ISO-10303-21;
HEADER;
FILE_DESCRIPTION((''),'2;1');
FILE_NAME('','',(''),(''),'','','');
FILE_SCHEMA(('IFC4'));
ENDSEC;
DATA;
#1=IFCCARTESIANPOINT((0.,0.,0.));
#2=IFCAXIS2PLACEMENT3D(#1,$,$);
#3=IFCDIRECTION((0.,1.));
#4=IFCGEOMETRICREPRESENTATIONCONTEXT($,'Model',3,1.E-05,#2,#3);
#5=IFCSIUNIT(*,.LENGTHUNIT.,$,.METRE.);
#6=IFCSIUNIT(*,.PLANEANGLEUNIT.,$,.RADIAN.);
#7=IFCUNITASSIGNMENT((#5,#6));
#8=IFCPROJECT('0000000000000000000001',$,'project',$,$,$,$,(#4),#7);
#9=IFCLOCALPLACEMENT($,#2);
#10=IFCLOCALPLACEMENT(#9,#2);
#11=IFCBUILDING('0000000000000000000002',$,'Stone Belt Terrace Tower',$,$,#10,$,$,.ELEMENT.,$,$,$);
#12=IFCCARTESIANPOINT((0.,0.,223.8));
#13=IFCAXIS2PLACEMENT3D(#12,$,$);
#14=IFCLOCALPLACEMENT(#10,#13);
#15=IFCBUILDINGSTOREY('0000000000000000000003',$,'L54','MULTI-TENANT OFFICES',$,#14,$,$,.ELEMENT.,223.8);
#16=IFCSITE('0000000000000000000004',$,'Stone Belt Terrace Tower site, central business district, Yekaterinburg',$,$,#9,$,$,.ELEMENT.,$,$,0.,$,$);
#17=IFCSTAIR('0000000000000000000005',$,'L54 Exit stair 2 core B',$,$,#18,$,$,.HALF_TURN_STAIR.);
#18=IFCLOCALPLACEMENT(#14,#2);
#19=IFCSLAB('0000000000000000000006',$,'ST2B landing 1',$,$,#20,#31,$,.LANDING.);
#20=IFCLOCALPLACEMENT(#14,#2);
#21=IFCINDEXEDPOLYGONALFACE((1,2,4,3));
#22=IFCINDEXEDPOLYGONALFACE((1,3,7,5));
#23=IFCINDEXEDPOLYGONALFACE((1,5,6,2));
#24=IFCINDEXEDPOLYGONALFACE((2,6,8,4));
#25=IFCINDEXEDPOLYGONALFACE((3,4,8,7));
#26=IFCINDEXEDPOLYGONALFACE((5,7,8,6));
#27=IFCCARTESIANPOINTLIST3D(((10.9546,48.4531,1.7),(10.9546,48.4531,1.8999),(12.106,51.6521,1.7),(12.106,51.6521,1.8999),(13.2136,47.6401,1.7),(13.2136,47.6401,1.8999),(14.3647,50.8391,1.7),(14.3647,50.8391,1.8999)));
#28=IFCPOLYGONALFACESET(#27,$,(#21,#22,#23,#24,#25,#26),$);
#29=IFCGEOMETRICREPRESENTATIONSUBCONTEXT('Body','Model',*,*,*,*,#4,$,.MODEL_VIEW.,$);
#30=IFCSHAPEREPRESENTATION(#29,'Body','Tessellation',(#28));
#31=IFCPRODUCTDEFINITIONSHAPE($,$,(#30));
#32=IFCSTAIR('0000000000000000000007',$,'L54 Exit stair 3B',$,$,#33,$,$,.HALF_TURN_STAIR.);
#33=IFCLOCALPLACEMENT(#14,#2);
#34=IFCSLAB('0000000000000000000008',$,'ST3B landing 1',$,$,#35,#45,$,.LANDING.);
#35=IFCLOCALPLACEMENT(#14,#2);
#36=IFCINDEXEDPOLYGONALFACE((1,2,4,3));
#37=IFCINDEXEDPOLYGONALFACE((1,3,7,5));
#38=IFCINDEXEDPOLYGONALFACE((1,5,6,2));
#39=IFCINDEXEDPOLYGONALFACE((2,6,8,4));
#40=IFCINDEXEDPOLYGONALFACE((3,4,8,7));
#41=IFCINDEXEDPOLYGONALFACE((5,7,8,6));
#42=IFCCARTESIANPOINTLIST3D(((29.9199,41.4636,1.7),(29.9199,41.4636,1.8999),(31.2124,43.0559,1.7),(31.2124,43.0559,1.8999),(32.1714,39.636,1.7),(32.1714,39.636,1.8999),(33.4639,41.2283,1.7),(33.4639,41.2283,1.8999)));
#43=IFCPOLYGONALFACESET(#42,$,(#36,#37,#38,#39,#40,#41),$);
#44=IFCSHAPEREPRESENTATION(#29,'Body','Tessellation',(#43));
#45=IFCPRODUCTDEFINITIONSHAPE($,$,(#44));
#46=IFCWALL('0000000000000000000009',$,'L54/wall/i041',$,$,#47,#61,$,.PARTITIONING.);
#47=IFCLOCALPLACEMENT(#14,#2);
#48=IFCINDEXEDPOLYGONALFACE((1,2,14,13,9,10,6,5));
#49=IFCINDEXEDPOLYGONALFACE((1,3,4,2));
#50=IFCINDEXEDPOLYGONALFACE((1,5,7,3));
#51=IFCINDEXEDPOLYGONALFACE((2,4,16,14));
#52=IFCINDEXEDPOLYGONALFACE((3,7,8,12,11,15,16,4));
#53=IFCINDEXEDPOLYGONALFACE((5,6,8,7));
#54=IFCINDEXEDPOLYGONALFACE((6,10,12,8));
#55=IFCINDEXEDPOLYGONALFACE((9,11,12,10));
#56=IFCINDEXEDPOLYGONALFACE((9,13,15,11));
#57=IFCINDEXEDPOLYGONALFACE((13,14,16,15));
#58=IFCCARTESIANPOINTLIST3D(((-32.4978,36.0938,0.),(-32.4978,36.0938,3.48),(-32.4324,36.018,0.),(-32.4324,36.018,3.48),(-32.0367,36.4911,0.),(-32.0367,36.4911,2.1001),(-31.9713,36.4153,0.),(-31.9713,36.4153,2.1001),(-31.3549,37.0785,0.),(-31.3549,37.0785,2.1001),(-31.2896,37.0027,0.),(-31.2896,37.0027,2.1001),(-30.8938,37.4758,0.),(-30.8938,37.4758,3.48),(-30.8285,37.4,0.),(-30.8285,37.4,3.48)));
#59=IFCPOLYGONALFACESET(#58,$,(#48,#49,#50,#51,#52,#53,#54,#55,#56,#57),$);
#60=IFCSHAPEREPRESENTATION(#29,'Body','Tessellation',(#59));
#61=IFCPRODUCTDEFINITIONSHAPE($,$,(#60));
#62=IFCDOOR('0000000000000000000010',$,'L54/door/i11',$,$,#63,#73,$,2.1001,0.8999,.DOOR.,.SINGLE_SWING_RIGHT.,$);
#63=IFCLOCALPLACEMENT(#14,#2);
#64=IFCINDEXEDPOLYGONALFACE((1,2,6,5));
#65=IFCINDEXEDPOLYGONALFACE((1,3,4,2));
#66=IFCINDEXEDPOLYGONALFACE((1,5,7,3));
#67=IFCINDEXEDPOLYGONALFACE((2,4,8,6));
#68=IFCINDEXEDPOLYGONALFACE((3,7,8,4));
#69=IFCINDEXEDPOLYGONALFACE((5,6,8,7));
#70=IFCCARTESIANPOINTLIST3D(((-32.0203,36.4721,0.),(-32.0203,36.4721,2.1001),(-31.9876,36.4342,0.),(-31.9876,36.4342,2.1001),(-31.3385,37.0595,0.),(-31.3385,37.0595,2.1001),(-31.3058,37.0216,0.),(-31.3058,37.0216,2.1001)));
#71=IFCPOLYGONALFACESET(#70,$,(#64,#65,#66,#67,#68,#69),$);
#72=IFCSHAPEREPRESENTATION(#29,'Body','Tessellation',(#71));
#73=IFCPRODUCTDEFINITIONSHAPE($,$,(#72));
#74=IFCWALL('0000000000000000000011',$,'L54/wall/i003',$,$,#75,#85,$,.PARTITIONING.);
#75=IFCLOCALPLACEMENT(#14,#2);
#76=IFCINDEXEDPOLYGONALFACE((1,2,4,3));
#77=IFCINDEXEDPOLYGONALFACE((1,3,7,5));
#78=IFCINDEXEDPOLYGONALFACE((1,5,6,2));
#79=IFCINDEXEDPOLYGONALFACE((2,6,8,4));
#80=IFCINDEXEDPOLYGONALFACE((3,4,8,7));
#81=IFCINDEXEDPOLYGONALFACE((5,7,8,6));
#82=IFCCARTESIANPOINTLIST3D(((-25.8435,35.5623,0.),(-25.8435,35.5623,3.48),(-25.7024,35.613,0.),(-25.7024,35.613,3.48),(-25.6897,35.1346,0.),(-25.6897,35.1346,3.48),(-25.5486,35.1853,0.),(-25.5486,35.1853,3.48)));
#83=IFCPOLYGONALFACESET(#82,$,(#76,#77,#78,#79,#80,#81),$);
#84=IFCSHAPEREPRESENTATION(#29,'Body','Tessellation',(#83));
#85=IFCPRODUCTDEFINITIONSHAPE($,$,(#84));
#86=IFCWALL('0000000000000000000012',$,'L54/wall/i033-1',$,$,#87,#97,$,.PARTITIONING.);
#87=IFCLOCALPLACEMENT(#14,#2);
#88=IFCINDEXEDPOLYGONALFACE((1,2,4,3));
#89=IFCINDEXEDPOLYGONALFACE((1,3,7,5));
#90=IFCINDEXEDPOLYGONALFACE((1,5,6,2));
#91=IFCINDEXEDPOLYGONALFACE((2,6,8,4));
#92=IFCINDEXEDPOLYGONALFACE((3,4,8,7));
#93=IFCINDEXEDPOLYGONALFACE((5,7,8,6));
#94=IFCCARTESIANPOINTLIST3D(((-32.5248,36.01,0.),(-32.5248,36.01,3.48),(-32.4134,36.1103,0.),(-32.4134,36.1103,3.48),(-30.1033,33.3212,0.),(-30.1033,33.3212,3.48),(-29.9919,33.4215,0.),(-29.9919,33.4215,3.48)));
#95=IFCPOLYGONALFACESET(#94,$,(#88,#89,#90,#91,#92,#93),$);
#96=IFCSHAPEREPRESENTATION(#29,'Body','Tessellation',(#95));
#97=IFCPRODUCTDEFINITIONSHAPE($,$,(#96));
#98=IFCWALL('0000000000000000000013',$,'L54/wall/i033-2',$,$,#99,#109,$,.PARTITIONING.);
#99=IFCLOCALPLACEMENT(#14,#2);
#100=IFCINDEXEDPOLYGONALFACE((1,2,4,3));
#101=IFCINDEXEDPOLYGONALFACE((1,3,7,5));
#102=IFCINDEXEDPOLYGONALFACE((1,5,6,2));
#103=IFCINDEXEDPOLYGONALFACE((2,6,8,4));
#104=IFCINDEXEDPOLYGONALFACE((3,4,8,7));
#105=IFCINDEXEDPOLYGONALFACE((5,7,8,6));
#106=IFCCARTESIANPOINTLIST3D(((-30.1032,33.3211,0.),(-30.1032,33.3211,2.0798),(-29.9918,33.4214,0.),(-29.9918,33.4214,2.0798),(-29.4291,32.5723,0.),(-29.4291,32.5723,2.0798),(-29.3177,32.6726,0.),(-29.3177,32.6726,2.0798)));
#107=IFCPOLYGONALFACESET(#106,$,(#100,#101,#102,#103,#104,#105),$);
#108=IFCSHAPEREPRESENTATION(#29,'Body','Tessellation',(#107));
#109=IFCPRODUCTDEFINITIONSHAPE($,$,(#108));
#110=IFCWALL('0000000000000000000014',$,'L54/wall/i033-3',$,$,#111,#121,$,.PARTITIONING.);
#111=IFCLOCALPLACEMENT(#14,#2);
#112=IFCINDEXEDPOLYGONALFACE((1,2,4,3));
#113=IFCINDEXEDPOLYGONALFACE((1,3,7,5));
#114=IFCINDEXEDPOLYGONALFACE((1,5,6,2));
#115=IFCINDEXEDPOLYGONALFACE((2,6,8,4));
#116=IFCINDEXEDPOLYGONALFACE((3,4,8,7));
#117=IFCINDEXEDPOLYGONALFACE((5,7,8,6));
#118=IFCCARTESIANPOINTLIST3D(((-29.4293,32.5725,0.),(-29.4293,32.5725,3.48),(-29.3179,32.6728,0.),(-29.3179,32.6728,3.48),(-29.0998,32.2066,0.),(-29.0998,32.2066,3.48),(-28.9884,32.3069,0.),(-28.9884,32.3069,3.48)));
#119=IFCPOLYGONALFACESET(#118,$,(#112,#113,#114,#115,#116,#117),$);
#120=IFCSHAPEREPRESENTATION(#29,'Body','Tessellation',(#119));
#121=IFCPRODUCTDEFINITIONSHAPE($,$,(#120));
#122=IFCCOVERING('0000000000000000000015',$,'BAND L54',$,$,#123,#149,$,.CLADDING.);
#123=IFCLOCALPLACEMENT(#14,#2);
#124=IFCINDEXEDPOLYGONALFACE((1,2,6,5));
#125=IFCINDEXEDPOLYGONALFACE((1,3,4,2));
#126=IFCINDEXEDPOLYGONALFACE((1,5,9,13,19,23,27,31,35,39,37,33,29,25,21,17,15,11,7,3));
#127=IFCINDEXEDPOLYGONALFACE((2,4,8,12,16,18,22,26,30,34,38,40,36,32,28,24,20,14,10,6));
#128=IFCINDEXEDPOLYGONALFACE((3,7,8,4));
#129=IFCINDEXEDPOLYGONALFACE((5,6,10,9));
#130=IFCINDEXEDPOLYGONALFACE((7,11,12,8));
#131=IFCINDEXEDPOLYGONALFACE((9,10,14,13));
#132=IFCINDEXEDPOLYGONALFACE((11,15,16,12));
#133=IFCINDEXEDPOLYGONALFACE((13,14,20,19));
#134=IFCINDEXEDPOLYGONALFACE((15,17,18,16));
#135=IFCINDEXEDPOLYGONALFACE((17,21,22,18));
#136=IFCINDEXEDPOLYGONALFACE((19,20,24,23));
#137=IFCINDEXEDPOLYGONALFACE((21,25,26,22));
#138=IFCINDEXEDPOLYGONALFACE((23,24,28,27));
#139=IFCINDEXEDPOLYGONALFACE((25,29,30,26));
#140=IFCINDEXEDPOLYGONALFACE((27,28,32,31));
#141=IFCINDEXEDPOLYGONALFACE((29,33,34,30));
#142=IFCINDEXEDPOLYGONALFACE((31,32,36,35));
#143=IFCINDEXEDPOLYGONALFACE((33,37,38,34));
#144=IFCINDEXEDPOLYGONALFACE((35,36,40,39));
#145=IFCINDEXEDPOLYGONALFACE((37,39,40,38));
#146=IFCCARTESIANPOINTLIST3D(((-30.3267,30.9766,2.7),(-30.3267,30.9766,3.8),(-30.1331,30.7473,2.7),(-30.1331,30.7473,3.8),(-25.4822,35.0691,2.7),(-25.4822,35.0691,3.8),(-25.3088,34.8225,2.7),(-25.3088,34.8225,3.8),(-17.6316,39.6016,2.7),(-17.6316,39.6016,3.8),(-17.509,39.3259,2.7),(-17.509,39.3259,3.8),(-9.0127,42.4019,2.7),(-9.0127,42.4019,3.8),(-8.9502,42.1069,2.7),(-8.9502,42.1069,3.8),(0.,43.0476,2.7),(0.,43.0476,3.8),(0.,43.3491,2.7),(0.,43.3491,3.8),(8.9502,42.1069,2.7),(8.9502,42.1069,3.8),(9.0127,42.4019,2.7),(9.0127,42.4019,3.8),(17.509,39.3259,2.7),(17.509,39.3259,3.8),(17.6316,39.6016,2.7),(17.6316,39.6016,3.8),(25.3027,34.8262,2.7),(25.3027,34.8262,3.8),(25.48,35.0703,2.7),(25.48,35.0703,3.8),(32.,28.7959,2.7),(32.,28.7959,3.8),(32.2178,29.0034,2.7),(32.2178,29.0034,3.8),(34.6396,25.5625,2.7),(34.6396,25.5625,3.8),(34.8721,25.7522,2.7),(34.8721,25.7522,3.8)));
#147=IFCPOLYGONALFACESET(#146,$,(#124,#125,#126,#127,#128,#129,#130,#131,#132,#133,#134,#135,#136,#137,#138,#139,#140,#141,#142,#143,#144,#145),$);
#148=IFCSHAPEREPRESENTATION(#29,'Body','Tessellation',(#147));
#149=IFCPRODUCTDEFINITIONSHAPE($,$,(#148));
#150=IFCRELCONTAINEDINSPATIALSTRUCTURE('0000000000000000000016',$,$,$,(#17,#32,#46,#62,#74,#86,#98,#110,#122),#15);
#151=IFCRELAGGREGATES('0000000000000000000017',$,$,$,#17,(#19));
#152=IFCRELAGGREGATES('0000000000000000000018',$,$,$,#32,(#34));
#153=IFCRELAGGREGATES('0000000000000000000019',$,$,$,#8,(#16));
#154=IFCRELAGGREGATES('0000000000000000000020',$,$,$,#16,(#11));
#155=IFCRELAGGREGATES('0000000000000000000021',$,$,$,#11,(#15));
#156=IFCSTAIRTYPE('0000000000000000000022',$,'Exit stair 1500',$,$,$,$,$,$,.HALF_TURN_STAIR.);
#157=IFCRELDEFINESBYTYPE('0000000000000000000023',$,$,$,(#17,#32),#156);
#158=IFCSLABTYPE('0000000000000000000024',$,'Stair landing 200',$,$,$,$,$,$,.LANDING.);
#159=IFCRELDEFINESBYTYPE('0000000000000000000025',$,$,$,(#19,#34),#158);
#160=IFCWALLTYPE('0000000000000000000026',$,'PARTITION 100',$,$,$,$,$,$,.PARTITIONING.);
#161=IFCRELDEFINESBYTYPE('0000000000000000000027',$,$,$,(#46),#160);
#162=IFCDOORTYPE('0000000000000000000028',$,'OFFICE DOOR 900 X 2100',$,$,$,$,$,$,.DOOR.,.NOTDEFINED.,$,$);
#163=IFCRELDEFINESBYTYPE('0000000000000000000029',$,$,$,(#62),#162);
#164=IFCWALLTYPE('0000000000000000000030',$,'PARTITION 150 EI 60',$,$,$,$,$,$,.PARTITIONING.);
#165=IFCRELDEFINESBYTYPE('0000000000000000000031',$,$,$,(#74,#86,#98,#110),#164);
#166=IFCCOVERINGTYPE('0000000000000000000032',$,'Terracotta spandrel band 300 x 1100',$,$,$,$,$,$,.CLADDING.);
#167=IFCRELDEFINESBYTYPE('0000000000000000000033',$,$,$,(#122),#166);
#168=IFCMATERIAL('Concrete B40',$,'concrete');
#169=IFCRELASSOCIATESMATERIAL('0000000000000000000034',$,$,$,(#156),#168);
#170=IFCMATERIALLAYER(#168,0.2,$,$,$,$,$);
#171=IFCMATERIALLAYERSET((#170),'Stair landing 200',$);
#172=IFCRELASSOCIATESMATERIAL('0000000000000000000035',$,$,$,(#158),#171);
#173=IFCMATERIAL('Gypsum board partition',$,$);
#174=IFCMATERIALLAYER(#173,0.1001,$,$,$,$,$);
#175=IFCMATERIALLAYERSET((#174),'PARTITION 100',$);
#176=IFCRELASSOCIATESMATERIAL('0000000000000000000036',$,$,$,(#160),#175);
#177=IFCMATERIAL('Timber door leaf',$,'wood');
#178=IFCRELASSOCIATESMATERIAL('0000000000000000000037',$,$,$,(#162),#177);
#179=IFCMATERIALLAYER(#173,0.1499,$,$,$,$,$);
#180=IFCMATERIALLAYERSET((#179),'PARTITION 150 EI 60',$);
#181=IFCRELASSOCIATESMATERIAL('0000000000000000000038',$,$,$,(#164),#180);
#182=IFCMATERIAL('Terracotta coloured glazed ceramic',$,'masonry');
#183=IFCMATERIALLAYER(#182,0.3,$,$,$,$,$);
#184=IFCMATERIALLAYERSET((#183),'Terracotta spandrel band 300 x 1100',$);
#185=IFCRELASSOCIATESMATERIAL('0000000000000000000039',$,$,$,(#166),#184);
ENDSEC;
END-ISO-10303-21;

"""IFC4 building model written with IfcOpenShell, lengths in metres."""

from ifc_helpers import new_model, si_unit, direction, frame, frame_2d, origin, place, context, subcontext, project, spatial, polyline, rectangle, outline, extrude, material, layer, layer_set, type_object, element, fill, aggregate, save


model = new_model("IFC4")

# Units and contexts
model_context = context("Model", 3, precision=1e-05, world=origin(), true_north=direction((0.0, 1.0)))
body_context = subcontext(model_context, "Body", "Model", "MODEL_VIEW")
ifc_project = project(units=[si_unit("LENGTHUNIT", "METRE"), si_unit("PLANEANGLEUNIT", "RADIAN")], contexts=[model_context])

# Site, building, storey
site_placement = place(None, origin())
site = spatial("IfcSite", under=ifc_project, at=site_placement, Name="Stone Belt Terrace Tower site, central business district, Yekaterinburg", CompositionType="ELEMENT", RefElevation=0.0)
building_placement = place(site_placement, origin())
building = spatial("IfcBuilding", under=site, at=building_placement, Name="Stone Belt Terrace Tower", CompositionType="ELEMENT")
storey_placement = place(building_placement, frame((0.0, 0.0, 223.8)))
storey = spatial("IfcBuildingStorey", under=building, at=storey_placement, Name="L54", Description="MULTI-TENANT OFFICES", CompositionType="ELEMENT", Elevation=223.8)

# Shared definitions
ifc_material_1 = material(Name="Concrete B40", Category="concrete")

# Stairs, slabs
stair_type = type_object("IfcStairType", Name="Exit stair 1500", PredefinedType="HALF_TURN_STAIR", material=ifc_material_1)
ifc_layer_1 = layer(ifc_material_1, 0.2)
ifc_layer_set_1 = layer_set([ifc_layer_1], Name="Stair landing 200")
slab_type_1 = type_object("IfcSlabType", Name="Stair landing 200", PredefinedType="LANDING", material=ifc_layer_set_1)
stair_1_placement = place(storey_placement, origin())
stair_1 = element("IfcStair", 1, at=stair_1_placement, inside=storey, type_object=stair_type, Name="L54 Exit stair 2 core B", PredefinedType="HALF_TURN_STAIR")
slab_1_placement = place(storey_placement, frame((0.0, 0.0, 1.7)))
slab_1 = element("IfcSlab", 2, at=slab_1_placement, type_object=slab_type_1, Name="ST2B landing 1", PredefinedType="LANDING", context=body_context, shape_type="SweptSolid", body=[
    extrude(outline(polyline([(14.3647, 50.8391), (12.106, 51.6521), (10.9546, 48.4531), (13.2136, 47.6401), (14.3647, 50.8391)])), origin(), (0.0, 0.0, 1.0), 0.2),
])
aggregate(stair_1, [slab_1])
stair_2_placement = place(storey_placement, origin())
stair_2 = element("IfcStair", 3, at=stair_2_placement, inside=storey, type_object=stair_type, Name="L54 Exit stair 3B", PredefinedType="HALF_TURN_STAIR")
slab_2_placement = place(storey_placement, frame((0.0, 0.0, 1.7)))
slab_2 = element("IfcSlab", 4, at=slab_2_placement, type_object=slab_type_1, Name="ST3B landing 1", PredefinedType="LANDING", context=body_context, shape_type="SweptSolid", body=[
    extrude(outline(polyline([(32.1714, 39.636), (33.4639, 41.2283), (31.2124, 43.0559), (29.9199, 41.4636), (32.1714, 39.636)])), origin(), (0.0, 0.0, 1.0), 0.2),
])
aggregate(stair_2, [slab_2])

# Wall, opening, door
ifc_material_2 = material(Name="Gypsum board partition")
ifc_layer_2 = layer(ifc_material_2, 0.1001)
ifc_layer_set_2 = layer_set([ifc_layer_2], Name="PARTITION 100")
wall_type_1 = type_object("IfcWallType", Name="PARTITION 100", PredefinedType="PARTITIONING", material=ifc_layer_set_2)
wall_1_placement = place(storey_placement, frame((-32.4651, 36.0559, 0.0), z_axis=(0.0, 0.0, 1.0), x_axis=(0.757569, 0.652755, 0.0)))
wall_1 = element("IfcWall", 5, at=wall_1_placement, inside=storey, type_object=wall_type_1, Name="L54/wall/i041", PredefinedType="PARTITIONING", context=body_context, shape_type="SweptSolid", body=[
    extrude(rectangle(XDim=2.1172, YDim=0.1001, at=frame_2d((1.0586, 0.0))), origin(), (0.0, 0.0, 1.0), 3.48),
])
opening_placement = place(wall_1_placement, frame((0.6086, 0.0, 0.0)))
opening = element("IfcOpeningElement", 6, at=opening_placement, cuts=wall_1, PredefinedType="OPENING", context=body_context, shape_type="SweptSolid", body=[
    extrude(rectangle(XDim=0.8999, YDim=2.1001, at=frame_2d((0.45, 1.05))), frame((0.0, 0.0601, 0.0), z_axis=(0.0, -1.0, 0.0), x_axis=(1.0, 0.0, 0.0)), (0.0, 0.0, 1.0), 0.1201),
])
ifc_material_3 = material(Name="Timber door leaf", Category="wood")
door_type = type_object("IfcDoorType", Name="OFFICE DOOR 900 X 2100", OperationType="NOTDEFINED", PredefinedType="DOOR", material=ifc_material_3)
door_placement = place(opening_placement, origin())
door = element("IfcDoor", 7, at=door_placement, inside=storey, type_object=door_type, Name="L54/door/i11", OperationType="SINGLE_SWING_RIGHT", OverallHeight=2.1001, OverallWidth=0.8999, PredefinedType="DOOR", context=body_context, shape_type="SweptSolid", body=[
    extrude(rectangle(XDim=0.8999, YDim=2.1001, at=frame_2d((0.45, 1.05))), frame((0.0, 0.0249, 0.0), z_axis=(0.0, -1.0, 0.0), x_axis=(1.0, 0.0, 0.0)), (0.0, 0.0, 1.0), 0.05),
])
fill(opening, door)

# Walls
ifc_layer_3 = layer(ifc_material_2, 0.1499)
ifc_layer_set_3 = layer_set([ifc_layer_3], Name="PARTITION 150 EI 60")
wall_type_2 = type_object("IfcWallType", Name="PARTITION 150 EI 60", PredefinedType="PARTITIONING", material=ifc_layer_set_3)
wall_2_placement = place(storey_placement, frame((-25.6191, 35.1599, 0.0), z_axis=(0.0, 0.0, 1.0), x_axis=(-0.338377, 0.941011, 0.0)))
element("IfcWall", 8, at=wall_2_placement, inside=storey, type_object=wall_type_2, Name="L54/wall/i003", PredefinedType="PARTITIONING", context=body_context, shape_type="SweptSolid", body=[
    extrude(rectangle(XDim=0.4546, YDim=0.1499, at=frame_2d((0.2273, 0.0))), origin(), (0.0, 0.0, 1.0), 3.48),
])
wall_3_placement = place(storey_placement, frame((-32.469, 36.0601, 0.0), z_axis=(0.0, 0.0, 1.0), x_axis=(0.6692, -0.743083, 0.0)))
element("IfcWall", 9, at=wall_3_placement, inside=storey, type_object=wall_type_2, Name="L54/wall/i033-1", PredefinedType="PARTITIONING", context=body_context, shape_type="SweptSolid", body=[
    extrude(rectangle(XDim=3.6184, YDim=0.1499, at=frame_2d((1.8091, 0.0))), origin(), (0.0, 0.0, 1.0), 3.48),
])
wall_4_placement = place(storey_placement, frame((-30.0476, 33.3713, 0.0), z_axis=(0.0, 0.0, 1.0), x_axis=(0.669058, -0.74321, 0.0)))
element("IfcWall", 10, at=wall_4_placement, inside=storey, type_object=wall_type_2, Name="L54/wall/i033-2", PredefinedType="PARTITIONING", context=body_context, shape_type="SweptSolid", body=[
    extrude(rectangle(XDim=1.0076, YDim=0.1499, at=frame_2d((0.5039, 0.0))), origin(), (0.0, 0.0, 1.0), 2.0798),
])
wall_5_placement = place(storey_placement, frame((-29.3735, 32.6226, 0.0), z_axis=(0.0, 0.0, 1.0), x_axis=(0.669211, -0.743072, 0.0)))
element("IfcWall", 11, at=wall_5_placement, inside=storey, type_object=wall_type_2, Name="L54/wall/i033-3", PredefinedType="PARTITIONING", context=body_context, shape_type="SweptSolid", body=[
    extrude(rectangle(XDim=0.4924, YDim=0.1499, at=frame_2d((0.2461, 0.0))), origin(), (0.0, 0.0, 1.0), 3.48),
])

# Covering
ifc_material_4 = material(Name="Terracotta coloured glazed ceramic", Category="masonry")
ifc_layer_4 = layer(ifc_material_4, 0.3)
ifc_layer_set_4 = layer_set([ifc_layer_4], Name="Terracotta spandrel band 300 x 1100")
covering_type = type_object("IfcCoveringType", Name="Terracotta spandrel band 300 x 1100", PredefinedType="CLADDING", material=ifc_layer_set_4)
covering_placement = place(storey_placement, frame((0.0, 0.0, 2.7)))
element("IfcCovering", 12, at=covering_placement, inside=storey, type_object=covering_type, Name="BAND L54", PredefinedType="CLADDING", context=body_context, shape_type="SweptSolid", body=[
    extrude(outline(polyline([(-30.3267, 30.9766), (-25.4822, 35.0691), (-17.6316, 39.6016), (-9.0127, 42.4019), (0.0, 43.3491), (9.0127, 42.4019), (17.6316, 39.6016), (25.48, 35.0703), (32.2178, 29.0034), (34.8721, 25.7522), (34.6396, 25.5625), (32.0, 28.7959), (25.3027, 34.8262), (17.509, 39.3259), (8.9502, 42.1069), (0.0, 43.0476), (-8.9502, 42.1069), (-17.509, 39.3259), (-25.3088, 34.8225), (-30.1331, 30.7473), (-30.3267, 30.9766)])), origin(), (0.0, 0.0, 1.0), 1.1001),
])

save(model, "model.ifc")
